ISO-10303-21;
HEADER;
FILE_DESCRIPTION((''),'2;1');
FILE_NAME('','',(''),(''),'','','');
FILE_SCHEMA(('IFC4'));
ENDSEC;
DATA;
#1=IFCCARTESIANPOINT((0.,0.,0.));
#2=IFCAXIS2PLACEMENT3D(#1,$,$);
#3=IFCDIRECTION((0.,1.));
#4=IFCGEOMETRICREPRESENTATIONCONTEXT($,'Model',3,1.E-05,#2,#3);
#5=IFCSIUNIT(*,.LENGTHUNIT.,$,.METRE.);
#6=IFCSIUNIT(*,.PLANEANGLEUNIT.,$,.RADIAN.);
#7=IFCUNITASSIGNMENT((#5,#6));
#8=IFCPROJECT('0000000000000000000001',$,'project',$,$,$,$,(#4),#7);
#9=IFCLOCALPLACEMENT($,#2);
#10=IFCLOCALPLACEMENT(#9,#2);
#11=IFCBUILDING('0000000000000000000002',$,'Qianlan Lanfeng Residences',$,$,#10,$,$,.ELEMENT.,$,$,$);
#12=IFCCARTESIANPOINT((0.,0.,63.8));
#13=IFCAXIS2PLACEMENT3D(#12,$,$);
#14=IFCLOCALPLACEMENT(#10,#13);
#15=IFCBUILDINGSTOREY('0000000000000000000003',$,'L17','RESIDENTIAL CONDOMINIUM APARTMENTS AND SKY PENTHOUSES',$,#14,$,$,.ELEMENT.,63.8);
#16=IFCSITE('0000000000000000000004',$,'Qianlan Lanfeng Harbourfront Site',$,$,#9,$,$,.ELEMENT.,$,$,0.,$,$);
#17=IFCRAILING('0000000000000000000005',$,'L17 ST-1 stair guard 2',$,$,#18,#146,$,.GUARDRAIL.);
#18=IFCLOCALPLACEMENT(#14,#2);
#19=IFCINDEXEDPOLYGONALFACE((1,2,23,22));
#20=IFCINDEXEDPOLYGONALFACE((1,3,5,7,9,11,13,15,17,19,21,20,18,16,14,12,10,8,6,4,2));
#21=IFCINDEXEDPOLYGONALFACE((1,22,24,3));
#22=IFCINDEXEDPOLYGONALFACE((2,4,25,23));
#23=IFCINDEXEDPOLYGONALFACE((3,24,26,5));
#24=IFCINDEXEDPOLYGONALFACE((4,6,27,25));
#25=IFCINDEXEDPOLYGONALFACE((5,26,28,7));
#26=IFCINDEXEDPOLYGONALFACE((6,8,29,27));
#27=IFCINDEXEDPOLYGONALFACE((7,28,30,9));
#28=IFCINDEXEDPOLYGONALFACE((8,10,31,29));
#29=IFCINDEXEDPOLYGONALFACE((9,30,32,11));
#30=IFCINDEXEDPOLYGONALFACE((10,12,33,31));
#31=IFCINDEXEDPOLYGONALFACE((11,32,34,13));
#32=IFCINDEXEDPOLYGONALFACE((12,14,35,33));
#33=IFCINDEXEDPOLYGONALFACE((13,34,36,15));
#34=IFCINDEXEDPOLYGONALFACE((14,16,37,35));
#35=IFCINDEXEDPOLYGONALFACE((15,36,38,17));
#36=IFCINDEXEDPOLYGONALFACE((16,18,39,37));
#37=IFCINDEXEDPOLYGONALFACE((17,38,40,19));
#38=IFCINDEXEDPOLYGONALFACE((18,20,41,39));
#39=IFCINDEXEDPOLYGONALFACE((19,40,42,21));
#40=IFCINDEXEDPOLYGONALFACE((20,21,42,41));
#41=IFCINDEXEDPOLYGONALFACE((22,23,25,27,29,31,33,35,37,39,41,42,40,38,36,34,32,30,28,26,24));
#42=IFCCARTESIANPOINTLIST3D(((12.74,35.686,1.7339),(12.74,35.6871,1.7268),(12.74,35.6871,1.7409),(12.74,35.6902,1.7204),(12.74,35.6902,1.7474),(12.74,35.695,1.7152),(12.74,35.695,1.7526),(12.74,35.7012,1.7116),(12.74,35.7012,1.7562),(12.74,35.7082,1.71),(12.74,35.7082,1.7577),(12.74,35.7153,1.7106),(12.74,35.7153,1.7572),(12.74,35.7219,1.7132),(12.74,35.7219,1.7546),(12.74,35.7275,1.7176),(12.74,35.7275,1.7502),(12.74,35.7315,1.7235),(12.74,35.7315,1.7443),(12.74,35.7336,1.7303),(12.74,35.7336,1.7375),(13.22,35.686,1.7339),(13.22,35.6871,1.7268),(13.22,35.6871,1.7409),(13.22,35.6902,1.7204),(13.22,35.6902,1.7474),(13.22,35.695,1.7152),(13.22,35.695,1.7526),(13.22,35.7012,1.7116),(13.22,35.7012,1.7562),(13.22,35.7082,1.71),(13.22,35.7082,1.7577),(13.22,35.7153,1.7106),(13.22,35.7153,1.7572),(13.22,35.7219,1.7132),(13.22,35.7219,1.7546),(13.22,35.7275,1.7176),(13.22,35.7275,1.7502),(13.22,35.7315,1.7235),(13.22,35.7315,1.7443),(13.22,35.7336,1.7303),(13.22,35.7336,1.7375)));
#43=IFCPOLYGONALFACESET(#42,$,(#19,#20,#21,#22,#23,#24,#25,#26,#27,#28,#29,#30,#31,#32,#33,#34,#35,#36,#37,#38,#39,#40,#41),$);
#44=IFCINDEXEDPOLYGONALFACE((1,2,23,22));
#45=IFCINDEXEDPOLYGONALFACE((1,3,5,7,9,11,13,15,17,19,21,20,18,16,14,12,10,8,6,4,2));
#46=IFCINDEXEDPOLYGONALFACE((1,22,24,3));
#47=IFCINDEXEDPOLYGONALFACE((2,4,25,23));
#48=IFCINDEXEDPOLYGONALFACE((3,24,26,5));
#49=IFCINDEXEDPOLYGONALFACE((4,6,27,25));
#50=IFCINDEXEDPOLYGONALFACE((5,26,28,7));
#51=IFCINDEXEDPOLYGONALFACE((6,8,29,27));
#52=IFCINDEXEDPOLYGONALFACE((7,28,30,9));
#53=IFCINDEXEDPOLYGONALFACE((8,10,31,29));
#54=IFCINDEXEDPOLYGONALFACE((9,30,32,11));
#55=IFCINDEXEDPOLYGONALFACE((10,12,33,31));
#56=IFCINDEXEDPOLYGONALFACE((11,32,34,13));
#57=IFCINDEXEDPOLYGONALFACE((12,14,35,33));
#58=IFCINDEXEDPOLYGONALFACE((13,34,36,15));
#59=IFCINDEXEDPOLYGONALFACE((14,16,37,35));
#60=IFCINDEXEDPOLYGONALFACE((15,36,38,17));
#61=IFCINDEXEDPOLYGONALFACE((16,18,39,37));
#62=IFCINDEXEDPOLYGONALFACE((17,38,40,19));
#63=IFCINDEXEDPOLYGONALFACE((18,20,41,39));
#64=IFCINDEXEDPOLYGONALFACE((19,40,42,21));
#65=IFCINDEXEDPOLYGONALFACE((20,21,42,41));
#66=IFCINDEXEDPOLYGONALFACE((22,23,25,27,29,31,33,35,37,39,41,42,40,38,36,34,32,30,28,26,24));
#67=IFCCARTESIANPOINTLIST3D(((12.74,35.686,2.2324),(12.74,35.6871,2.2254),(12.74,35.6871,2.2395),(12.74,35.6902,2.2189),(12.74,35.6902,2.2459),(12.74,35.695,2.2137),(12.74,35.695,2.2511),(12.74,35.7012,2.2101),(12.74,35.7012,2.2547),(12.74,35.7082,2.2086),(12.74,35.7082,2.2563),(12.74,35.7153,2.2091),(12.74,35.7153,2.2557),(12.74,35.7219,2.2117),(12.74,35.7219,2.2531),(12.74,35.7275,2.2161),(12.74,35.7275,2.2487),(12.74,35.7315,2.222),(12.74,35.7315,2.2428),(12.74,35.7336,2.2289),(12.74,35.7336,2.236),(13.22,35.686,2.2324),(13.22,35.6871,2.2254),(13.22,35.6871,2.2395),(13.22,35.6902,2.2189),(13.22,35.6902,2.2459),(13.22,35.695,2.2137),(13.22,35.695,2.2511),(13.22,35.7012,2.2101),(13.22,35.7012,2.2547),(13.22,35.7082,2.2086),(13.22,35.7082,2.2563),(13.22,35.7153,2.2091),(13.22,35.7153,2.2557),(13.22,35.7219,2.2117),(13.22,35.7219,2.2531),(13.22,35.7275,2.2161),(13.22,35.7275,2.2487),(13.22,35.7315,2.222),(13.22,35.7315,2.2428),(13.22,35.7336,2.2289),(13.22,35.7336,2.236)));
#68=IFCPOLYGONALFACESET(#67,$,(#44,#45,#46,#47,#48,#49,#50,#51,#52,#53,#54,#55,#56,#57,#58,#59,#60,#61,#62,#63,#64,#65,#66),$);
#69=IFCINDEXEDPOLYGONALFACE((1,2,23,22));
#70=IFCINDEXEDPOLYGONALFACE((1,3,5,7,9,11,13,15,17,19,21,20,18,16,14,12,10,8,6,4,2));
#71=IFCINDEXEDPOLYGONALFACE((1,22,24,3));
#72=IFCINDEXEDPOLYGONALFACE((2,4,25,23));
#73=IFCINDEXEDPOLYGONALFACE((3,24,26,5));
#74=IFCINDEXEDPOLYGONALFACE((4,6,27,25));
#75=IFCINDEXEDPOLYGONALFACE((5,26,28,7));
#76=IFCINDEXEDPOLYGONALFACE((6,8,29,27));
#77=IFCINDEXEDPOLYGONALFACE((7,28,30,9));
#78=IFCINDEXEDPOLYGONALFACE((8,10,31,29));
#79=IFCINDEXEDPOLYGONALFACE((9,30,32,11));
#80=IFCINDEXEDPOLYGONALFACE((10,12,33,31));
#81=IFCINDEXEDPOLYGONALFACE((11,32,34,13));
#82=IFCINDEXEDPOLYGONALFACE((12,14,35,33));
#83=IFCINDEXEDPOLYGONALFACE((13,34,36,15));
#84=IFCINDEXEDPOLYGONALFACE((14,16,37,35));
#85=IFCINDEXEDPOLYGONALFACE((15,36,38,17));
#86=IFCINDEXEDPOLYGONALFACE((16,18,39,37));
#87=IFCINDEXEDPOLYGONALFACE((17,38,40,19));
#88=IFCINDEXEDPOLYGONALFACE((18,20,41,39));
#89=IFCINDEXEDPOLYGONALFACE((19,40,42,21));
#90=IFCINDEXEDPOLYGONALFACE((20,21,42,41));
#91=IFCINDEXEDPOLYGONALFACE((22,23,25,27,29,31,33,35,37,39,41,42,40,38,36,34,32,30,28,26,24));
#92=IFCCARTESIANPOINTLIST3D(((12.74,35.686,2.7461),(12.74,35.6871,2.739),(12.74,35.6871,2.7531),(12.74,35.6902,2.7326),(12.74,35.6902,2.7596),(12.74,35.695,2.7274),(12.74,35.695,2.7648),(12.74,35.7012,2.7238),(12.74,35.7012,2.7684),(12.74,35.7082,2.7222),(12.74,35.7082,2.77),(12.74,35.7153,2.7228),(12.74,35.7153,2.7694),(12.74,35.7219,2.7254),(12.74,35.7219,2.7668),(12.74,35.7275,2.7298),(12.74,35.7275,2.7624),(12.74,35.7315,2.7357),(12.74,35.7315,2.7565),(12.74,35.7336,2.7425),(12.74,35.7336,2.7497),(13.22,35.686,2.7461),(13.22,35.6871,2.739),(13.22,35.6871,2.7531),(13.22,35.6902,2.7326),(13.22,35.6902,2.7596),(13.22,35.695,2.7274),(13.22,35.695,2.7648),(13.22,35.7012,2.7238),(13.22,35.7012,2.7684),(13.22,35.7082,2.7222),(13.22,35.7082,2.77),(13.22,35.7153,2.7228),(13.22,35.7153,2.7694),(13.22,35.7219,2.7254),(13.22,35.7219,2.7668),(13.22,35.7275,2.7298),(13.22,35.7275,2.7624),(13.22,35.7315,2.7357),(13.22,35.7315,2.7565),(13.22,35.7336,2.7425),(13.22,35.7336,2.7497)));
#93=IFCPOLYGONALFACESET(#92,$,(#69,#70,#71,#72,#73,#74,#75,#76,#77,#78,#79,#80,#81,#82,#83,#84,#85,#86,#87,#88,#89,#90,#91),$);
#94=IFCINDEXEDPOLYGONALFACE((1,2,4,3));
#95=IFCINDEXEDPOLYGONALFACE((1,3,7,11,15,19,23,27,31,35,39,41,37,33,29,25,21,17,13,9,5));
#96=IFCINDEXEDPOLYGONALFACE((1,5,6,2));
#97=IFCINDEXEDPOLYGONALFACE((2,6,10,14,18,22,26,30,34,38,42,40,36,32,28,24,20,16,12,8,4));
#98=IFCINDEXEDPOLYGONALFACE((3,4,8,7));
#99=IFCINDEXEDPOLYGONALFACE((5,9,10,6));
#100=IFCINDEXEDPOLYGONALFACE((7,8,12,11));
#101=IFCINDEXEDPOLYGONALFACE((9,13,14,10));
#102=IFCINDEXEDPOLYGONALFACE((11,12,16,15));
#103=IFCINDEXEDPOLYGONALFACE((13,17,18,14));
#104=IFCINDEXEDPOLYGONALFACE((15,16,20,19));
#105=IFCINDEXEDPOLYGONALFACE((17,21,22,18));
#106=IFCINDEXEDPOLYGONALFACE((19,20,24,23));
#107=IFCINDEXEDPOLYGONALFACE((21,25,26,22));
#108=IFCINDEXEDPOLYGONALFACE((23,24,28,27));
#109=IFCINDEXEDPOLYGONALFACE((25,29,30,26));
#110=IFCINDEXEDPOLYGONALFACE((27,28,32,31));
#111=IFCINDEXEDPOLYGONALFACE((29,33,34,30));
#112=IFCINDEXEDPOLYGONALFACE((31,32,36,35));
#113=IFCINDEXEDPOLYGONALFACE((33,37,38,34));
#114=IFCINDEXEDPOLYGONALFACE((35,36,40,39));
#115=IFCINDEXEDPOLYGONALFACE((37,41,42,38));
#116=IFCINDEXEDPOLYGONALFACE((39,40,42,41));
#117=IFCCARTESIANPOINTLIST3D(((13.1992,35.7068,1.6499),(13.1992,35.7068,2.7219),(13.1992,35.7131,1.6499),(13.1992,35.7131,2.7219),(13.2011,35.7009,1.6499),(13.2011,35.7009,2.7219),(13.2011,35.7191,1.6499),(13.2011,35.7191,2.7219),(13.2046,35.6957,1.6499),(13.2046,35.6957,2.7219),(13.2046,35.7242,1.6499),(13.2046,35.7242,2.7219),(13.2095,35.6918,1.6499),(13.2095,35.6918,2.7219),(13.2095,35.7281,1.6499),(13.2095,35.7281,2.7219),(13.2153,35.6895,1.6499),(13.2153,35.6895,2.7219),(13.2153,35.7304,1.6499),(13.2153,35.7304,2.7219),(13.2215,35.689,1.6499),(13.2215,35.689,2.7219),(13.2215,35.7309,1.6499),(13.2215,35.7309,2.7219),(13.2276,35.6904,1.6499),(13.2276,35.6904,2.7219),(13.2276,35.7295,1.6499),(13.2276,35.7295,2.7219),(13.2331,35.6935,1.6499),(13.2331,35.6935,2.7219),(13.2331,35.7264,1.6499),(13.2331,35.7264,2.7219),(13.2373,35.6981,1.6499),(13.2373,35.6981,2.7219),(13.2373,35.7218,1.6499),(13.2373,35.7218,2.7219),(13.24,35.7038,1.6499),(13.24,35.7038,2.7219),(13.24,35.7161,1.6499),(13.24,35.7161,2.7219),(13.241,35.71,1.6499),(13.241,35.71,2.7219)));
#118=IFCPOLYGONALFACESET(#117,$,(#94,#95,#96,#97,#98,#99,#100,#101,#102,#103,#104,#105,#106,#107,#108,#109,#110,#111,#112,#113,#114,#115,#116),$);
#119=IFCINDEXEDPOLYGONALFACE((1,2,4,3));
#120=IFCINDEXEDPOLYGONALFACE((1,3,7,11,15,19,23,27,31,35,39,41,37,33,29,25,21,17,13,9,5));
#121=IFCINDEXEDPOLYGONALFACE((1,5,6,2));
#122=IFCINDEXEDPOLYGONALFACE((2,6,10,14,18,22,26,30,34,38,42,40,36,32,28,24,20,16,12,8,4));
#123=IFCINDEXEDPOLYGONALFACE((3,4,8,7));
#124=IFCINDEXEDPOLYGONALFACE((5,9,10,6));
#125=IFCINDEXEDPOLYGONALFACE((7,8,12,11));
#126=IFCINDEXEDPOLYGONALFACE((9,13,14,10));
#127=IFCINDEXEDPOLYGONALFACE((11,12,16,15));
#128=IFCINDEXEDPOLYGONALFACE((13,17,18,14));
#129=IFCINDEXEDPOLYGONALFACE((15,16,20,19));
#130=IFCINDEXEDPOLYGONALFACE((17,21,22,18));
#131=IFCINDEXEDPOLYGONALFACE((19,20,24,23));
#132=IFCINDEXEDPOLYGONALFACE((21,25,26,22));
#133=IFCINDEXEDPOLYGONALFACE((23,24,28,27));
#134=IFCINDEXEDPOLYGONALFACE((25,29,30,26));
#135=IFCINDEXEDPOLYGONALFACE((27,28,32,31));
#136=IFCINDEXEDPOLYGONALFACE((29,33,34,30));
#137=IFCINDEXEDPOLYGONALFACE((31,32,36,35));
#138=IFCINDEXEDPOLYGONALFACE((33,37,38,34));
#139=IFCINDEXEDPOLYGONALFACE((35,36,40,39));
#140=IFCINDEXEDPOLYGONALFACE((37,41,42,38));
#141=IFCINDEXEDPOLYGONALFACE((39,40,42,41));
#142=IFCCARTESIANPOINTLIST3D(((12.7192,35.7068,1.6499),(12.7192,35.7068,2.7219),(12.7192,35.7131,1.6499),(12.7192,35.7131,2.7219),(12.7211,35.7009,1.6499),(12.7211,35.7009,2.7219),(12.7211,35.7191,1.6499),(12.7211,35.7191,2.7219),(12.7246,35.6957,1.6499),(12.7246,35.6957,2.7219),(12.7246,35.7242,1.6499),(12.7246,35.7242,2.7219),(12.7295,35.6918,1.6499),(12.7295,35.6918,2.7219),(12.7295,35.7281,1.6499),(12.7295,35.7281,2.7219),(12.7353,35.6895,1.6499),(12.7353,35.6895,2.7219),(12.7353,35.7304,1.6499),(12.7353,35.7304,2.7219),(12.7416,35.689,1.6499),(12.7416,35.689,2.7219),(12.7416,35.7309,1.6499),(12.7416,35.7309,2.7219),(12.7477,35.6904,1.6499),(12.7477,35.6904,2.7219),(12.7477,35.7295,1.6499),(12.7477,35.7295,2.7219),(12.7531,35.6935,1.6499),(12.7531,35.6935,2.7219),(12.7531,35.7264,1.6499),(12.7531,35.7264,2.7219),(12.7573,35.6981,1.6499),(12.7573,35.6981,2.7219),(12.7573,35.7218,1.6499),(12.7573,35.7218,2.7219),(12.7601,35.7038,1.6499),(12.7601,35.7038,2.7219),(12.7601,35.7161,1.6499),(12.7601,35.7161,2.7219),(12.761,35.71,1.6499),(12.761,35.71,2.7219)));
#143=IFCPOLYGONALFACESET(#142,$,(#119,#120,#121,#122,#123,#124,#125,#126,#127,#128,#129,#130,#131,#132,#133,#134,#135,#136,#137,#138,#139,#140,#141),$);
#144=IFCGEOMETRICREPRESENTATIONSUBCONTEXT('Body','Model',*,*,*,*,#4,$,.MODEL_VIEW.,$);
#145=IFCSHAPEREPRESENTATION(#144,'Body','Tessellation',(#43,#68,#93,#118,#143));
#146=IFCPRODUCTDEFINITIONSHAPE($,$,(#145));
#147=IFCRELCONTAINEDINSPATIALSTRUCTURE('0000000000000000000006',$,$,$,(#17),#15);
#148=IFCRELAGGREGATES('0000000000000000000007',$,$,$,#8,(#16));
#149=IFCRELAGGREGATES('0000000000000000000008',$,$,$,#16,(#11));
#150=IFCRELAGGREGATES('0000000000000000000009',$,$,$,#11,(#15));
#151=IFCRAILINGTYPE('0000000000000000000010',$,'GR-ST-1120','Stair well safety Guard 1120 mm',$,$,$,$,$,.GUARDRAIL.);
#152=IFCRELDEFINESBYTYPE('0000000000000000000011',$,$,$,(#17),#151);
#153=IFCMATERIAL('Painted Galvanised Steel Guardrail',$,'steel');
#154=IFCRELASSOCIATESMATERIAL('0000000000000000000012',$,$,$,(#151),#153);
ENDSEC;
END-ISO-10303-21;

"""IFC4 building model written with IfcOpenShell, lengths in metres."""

from ifc_helpers import new_model, si_unit, direction, frame, origin, origin_2d, place, context, subcontext, project, spatial, circle, extrude, material, type_object, element, save


model = new_model("IFC4")

# Units and contexts
model_context = context("Model", 3, precision=1e-05, world=origin(), true_north=direction((0.0, 1.0)))
body_context = subcontext(model_context, "Body", "Model", "MODEL_VIEW")
ifc_project = project(units=[si_unit("LENGTHUNIT", "METRE"), si_unit("PLANEANGLEUNIT", "RADIAN")], contexts=[model_context])

# Site, building, storey
site_placement = place(None, origin())
site = spatial("IfcSite", under=ifc_project, at=site_placement, Name="Qianlan Lanfeng Harbourfront Site", CompositionType="ELEMENT", RefElevation=0.0)
building_placement = place(site_placement, origin())
building = spatial("IfcBuilding", under=site, at=building_placement, Name="Qianlan Lanfeng Residences", CompositionType="ELEMENT")
storey_placement = place(building_placement, frame((0.0, 0.0, 63.8)))
storey = spatial("IfcBuildingStorey", under=building, at=storey_placement, Name="L17", Description="RESIDENTIAL CONDOMINIUM APARTMENTS AND SKY PENTHOUSES", CompositionType="ELEMENT", Elevation=63.8)

# Railing
ifc_material_1 = material(Name="Painted Galvanised Steel Guardrail", Category="steel")
railing_type_1 = type_object("IfcRailingType", Name="GR-ST-1120", Description="Stair well safety Guard 1120 mm", PredefinedType="GUARDRAIL", material=ifc_material_1)
railing_1_placement = place(storey_placement, frame((13.22, 35.71, 1.6499)))
element("IfcRailing", 1, at=railing_1_placement, inside=storey, type_object=railing_type_1, Name="L17 ST-1 stair guard 2", PredefinedType="GUARDRAIL", context=body_context, shape_type="SweptSolid", body=[
    extrude(circle(Radius=0.0239, at=origin_2d()), frame((0.0, 0.0, 0.084), z_axis=(-1.0, 0.0, 0.0), x_axis=(0.0, -1.0, 0.0)), (0.0, 0.0, 1.0), 0.48),
    extrude(circle(Radius=0.0239, at=origin_2d()), frame((0.0, 0.0, 0.5825), z_axis=(-1.0, 0.0, 0.0), x_axis=(0.0, -1.0, 0.0)), (0.0, 0.0, 1.0), 0.48),
    extrude(circle(Radius=0.0239, at=origin_2d()), frame((0.0, 0.0, 1.0962), z_axis=(-1.0, 0.0, 0.0), x_axis=(0.0, -1.0, 0.0)), (0.0, 0.0, 1.0), 0.48),
    extrude(circle(Radius=0.021, at=origin_2d()), origin(), (0.0, 0.0, 1.0), 1.072),
    extrude(circle(Radius=0.021, at=origin_2d()), frame((-0.48, 0.0, 0.0)), (0.0, 0.0, 1.0), 1.072),
])

save(model, "model.ifc")
